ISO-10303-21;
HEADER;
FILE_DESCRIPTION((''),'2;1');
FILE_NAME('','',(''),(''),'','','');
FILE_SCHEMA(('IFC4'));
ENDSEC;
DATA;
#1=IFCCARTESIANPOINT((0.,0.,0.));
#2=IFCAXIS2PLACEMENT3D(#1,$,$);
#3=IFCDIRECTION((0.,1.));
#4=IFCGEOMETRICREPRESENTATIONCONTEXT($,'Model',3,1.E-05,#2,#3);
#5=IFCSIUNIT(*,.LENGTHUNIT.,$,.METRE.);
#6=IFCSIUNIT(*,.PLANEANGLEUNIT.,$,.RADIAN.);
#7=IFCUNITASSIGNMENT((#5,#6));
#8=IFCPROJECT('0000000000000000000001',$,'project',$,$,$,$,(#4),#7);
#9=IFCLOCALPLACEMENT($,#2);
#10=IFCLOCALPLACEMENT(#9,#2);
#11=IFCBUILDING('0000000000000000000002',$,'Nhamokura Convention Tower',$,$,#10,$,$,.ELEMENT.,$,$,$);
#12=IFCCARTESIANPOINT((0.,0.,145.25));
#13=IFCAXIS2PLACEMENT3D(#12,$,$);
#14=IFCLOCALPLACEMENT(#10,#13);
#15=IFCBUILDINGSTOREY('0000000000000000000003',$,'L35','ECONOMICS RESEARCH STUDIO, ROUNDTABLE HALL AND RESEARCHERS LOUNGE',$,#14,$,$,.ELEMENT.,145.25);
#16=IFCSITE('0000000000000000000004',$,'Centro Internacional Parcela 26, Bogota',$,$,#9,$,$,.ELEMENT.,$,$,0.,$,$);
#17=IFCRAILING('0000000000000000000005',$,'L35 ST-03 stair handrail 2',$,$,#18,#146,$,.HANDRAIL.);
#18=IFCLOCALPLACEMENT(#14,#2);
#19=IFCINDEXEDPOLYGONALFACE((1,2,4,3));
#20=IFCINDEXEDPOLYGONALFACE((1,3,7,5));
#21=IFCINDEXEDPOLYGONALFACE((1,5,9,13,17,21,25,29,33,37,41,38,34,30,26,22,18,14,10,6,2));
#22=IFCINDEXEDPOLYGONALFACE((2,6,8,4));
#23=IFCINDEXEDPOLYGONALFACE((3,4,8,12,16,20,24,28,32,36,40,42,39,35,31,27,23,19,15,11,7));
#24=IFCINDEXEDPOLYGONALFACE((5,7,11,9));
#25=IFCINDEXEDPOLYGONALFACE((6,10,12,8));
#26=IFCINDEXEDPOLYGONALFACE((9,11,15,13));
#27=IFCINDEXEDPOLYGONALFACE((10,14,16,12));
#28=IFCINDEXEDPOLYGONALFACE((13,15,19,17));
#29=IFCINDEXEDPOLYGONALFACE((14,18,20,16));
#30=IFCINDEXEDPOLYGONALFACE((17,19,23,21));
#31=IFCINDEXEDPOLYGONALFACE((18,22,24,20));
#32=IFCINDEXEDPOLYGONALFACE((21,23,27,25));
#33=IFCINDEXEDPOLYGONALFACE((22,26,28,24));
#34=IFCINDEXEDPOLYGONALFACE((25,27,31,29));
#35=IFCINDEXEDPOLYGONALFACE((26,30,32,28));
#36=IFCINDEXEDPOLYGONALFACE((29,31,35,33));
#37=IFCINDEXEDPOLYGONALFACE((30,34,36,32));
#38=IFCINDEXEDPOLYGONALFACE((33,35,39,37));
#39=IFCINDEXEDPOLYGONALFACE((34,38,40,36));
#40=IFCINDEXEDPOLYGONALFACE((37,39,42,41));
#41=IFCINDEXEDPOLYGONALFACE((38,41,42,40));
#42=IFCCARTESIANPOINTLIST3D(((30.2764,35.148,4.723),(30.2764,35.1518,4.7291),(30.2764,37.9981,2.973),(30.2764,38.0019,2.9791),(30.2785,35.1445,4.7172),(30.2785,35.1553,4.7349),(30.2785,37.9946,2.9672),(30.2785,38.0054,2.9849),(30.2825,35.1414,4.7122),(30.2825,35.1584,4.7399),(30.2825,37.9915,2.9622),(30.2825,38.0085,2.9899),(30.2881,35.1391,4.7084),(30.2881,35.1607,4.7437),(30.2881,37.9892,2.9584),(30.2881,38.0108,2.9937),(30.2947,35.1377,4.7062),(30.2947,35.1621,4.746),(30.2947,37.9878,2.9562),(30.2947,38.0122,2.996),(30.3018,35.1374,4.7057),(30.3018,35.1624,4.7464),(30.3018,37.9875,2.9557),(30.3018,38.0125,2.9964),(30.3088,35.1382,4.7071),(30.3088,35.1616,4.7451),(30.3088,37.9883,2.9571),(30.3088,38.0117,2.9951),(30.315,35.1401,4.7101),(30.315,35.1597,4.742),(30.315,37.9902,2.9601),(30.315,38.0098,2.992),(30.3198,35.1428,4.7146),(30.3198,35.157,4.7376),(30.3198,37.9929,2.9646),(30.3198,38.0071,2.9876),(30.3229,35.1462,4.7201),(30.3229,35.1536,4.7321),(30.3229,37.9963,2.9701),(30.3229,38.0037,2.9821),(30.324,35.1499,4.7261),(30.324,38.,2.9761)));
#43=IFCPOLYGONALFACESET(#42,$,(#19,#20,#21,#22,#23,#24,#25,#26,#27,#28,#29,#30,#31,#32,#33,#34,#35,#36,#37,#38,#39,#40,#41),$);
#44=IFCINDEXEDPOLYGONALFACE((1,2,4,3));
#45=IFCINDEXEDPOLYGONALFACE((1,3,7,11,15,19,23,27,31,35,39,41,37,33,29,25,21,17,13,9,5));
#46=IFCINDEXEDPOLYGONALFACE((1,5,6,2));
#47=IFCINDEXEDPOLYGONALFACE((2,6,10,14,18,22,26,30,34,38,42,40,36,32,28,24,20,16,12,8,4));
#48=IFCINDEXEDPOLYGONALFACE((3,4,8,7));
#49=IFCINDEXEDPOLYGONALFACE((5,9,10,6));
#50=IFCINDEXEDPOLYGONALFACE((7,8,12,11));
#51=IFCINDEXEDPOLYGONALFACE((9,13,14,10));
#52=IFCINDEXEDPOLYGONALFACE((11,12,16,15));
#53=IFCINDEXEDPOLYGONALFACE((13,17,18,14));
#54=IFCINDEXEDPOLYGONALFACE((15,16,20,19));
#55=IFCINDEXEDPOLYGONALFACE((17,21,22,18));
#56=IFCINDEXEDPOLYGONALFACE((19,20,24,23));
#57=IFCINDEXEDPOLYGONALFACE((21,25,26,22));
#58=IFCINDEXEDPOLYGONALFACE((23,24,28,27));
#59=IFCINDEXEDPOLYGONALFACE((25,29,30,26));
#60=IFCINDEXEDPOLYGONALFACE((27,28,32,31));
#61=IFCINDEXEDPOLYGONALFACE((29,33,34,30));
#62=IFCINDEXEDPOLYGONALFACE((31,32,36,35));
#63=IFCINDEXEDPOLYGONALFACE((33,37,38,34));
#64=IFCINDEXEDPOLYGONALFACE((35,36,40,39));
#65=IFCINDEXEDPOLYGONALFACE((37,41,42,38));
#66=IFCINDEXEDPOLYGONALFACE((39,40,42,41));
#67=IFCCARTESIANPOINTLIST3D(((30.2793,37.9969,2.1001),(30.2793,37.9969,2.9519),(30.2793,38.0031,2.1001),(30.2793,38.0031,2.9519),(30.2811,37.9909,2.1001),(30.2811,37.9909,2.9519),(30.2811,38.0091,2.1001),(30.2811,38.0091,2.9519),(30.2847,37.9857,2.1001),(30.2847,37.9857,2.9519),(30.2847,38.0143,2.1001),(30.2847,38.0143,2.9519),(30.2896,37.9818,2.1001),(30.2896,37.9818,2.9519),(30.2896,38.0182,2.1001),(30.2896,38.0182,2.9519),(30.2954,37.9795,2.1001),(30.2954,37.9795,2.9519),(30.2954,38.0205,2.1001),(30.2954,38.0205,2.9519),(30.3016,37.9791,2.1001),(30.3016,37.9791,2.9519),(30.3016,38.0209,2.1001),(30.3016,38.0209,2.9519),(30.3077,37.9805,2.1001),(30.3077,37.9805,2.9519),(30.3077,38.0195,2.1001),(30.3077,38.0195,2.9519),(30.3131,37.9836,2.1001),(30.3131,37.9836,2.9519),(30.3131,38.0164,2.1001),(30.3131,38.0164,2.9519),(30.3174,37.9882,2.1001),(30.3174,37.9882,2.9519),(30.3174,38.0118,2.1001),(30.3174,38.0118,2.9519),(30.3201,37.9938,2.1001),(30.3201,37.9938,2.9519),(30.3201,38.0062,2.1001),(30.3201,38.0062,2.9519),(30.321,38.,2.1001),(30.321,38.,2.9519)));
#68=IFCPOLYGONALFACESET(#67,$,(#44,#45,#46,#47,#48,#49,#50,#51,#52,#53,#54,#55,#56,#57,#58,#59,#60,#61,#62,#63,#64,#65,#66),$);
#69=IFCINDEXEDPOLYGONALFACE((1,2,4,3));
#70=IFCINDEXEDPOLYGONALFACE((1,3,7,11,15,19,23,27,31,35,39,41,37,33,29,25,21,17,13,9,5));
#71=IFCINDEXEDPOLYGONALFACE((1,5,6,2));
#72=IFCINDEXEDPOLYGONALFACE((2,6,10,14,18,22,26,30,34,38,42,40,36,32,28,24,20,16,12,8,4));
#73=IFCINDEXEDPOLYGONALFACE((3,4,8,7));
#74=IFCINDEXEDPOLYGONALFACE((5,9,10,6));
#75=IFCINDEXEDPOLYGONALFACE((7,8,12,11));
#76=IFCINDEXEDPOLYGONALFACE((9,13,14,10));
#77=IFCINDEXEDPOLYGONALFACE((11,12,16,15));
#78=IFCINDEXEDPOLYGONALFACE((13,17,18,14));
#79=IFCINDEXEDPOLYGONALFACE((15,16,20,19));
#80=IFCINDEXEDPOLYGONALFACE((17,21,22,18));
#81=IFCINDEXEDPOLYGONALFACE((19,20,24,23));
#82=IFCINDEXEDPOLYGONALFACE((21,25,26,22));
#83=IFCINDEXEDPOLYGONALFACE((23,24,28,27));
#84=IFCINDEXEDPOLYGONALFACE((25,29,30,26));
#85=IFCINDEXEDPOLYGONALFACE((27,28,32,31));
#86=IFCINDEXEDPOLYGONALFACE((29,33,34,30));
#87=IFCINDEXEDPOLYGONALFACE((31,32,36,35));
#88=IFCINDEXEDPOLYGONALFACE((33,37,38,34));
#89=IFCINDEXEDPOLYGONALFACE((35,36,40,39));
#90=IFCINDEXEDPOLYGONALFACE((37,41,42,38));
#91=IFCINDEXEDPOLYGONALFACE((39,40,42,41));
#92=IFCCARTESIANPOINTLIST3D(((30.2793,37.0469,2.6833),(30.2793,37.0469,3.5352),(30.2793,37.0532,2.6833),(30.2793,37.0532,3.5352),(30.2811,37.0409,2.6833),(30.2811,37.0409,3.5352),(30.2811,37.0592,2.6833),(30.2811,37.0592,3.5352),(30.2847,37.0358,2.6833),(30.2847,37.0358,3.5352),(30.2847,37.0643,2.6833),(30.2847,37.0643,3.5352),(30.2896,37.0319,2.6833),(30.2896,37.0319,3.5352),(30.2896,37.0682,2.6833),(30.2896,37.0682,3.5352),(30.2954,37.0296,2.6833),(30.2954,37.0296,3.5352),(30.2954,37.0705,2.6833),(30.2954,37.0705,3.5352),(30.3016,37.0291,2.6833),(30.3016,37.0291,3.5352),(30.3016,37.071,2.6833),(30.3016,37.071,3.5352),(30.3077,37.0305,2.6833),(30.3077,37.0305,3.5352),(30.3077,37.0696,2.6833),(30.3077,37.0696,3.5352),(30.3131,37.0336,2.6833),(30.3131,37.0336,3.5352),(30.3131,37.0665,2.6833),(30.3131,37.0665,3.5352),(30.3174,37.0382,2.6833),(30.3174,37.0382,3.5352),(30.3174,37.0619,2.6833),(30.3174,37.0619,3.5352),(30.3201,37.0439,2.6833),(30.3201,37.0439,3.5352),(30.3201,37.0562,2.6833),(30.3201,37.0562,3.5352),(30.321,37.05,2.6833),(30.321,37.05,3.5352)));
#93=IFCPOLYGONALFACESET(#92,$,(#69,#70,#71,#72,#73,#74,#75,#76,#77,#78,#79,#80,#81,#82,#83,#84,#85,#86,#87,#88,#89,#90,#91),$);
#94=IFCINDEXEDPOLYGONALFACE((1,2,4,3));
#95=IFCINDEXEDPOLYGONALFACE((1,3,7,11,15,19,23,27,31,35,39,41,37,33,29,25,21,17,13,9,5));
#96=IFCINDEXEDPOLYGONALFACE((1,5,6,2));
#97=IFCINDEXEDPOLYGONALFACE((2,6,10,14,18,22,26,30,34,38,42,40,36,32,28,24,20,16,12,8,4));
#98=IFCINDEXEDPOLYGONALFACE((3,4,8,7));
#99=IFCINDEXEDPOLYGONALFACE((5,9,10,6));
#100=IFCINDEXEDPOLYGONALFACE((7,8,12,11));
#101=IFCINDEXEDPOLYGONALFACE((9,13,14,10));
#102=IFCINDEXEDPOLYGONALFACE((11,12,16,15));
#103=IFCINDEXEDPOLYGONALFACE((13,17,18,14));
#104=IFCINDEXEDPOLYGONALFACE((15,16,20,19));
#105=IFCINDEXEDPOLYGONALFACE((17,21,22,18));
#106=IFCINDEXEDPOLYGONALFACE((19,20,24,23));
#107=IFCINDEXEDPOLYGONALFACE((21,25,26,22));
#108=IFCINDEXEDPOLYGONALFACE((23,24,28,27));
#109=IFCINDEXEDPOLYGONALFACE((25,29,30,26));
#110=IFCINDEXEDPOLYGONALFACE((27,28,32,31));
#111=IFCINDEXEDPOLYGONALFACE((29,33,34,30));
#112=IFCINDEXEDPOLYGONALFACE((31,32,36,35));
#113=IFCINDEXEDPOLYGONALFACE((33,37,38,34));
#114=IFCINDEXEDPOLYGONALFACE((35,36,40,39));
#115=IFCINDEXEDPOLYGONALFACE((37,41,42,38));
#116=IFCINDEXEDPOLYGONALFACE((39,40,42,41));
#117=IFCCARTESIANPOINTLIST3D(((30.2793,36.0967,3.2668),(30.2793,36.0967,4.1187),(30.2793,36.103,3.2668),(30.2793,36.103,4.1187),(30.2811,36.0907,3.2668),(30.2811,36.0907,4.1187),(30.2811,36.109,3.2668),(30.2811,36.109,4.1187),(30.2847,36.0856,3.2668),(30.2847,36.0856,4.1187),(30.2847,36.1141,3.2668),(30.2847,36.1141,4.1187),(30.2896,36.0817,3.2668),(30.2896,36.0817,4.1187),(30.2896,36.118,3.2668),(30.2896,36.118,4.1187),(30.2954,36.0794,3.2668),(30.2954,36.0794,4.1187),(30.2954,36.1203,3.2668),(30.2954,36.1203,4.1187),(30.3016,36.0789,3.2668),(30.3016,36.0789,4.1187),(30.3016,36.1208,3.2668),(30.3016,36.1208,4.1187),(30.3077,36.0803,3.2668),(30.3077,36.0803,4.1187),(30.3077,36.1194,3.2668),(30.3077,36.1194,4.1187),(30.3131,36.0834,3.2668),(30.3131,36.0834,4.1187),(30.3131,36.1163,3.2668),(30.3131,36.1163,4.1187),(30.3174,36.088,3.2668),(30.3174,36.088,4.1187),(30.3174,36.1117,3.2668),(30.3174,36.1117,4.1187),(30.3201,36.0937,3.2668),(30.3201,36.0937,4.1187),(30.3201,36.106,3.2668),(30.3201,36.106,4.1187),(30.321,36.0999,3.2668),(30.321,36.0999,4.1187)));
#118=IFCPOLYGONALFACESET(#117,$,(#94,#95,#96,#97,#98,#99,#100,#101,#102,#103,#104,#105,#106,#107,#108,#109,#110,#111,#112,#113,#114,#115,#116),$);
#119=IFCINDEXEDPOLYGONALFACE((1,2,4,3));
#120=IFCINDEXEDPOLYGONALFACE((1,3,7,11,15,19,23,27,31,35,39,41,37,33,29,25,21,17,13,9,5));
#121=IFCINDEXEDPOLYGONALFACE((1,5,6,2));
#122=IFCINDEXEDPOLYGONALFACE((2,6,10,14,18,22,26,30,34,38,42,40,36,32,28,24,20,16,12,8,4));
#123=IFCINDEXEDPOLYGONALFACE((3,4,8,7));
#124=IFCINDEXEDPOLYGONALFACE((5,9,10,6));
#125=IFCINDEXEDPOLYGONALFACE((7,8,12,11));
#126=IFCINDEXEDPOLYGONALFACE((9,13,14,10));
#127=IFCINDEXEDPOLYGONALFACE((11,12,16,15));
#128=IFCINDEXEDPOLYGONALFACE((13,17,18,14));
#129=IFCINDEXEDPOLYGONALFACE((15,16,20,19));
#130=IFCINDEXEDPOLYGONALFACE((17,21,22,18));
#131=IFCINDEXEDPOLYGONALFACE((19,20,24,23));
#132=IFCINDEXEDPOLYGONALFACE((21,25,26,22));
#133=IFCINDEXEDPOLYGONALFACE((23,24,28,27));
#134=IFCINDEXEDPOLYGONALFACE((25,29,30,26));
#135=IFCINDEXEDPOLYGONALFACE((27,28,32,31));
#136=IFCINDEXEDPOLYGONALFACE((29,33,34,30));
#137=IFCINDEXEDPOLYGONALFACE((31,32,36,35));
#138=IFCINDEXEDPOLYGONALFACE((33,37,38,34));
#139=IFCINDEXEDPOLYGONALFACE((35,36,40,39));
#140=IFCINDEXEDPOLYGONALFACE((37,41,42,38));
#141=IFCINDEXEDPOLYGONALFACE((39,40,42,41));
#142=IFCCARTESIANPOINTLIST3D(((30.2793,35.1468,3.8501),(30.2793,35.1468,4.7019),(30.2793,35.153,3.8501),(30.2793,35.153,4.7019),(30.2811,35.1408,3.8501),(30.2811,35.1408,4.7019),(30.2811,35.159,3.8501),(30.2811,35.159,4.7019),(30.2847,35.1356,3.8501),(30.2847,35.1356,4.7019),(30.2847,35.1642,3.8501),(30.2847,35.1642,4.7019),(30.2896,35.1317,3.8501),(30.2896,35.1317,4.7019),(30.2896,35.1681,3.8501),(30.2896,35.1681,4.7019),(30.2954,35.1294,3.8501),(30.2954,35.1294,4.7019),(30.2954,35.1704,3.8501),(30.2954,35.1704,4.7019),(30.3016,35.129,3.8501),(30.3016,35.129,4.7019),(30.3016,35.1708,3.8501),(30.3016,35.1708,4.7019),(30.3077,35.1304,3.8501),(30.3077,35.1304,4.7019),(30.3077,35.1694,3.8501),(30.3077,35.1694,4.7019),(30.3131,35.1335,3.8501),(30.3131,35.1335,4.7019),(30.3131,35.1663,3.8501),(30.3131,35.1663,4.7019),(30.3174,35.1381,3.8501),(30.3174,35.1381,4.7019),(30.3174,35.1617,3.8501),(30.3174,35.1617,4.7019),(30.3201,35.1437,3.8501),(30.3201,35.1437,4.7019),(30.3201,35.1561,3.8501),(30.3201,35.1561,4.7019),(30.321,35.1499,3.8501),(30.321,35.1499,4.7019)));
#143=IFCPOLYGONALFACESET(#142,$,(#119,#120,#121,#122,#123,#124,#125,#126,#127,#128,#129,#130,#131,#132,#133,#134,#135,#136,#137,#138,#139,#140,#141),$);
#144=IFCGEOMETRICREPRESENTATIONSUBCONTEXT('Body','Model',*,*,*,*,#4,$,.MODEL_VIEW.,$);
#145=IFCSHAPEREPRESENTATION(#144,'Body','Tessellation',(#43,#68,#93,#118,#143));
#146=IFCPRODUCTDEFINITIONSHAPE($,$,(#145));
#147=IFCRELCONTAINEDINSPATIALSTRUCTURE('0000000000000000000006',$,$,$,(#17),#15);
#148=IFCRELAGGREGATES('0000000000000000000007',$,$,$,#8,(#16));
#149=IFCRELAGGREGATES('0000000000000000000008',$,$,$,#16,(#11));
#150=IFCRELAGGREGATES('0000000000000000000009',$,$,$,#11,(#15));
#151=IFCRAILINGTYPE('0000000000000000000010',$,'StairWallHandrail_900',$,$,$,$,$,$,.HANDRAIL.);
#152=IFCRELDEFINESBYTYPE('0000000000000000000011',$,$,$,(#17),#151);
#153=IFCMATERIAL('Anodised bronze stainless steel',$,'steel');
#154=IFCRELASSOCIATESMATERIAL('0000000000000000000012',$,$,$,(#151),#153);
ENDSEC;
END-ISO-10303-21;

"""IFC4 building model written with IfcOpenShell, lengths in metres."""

from ifc_helpers import new_model, si_unit, direction, frame, origin, origin_2d, place, context, subcontext, project, spatial, circle, extrude, material, type_object, element, save


model = new_model("IFC4")

# Units and contexts
model_context = context("Model", 3, precision=1e-05, world=origin(), true_north=direction((0.0, 1.0)))
body_context = subcontext(model_context, "Body", "Model", "MODEL_VIEW")
ifc_project = project(units=[si_unit("LENGTHUNIT", "METRE"), si_unit("PLANEANGLEUNIT", "RADIAN")], contexts=[model_context])

# Site, building, storey
site_placement = place(None, origin())
site = spatial("IfcSite", under=ifc_project, at=site_placement, Name="Centro Internacional Parcela 26, Bogota", CompositionType="ELEMENT", RefElevation=0.0)
building_placement = place(site_placement, origin())
building = spatial("IfcBuilding", under=site, at=building_placement, Name="Nhamokura Convention Tower", CompositionType="ELEMENT")
storey_placement = place(building_placement, frame((0.0, 0.0, 145.25)))
storey = spatial("IfcBuildingStorey", under=building, at=storey_placement, Name="L35", Description="ECONOMICS RESEARCH STUDIO, ROUNDTABLE HALL AND RESEARCHERS LOUNGE", CompositionType="ELEMENT", Elevation=145.25)

# Railing
ifc_material_1 = material(Name="Anodised bronze stainless steel", Category="steel")
railing_type = type_object("IfcRailingType", Name="StairWallHandrail_900", PredefinedType="HANDRAIL", material=ifc_material_1)
railing_placement = place(storey_placement, frame((30.3, 38.0, 2.1001)))
element("IfcRailing", 1, at=railing_placement, inside=storey, type_object=railing_type, Name="L35 ST-03 stair handrail 2", PredefinedType="HANDRAIL", context=body_context, shape_type="SweptSolid", body=[
    extrude(circle(Radius=0.0239, at=origin_2d()), frame((0.0, 0.0, 0.876), z_axis=(0.0, -0.852179, 0.52325), x_axis=(1.0, 0.0, 0.0)), (0.0, 0.0, 1.0), 3.3445),
    extrude(circle(Radius=0.021, at=origin_2d()), origin(), (0.0, 0.0, 1.0), 0.8518),
    extrude(circle(Radius=0.021, at=origin_2d()), frame((0.0, -0.95, 0.5833)), (0.0, 0.0, 1.0), 0.8518),
    extrude(circle(Radius=0.021, at=origin_2d()), frame((0.0, -1.9001, 1.1667)), (0.0, 0.0, 1.0), 0.8518),
    extrude(circle(Radius=0.021, at=origin_2d()), frame((0.0, -2.8501, 1.75)), (0.0, 0.0, 1.0), 0.8518),
])

save(model, "model.ifc")
